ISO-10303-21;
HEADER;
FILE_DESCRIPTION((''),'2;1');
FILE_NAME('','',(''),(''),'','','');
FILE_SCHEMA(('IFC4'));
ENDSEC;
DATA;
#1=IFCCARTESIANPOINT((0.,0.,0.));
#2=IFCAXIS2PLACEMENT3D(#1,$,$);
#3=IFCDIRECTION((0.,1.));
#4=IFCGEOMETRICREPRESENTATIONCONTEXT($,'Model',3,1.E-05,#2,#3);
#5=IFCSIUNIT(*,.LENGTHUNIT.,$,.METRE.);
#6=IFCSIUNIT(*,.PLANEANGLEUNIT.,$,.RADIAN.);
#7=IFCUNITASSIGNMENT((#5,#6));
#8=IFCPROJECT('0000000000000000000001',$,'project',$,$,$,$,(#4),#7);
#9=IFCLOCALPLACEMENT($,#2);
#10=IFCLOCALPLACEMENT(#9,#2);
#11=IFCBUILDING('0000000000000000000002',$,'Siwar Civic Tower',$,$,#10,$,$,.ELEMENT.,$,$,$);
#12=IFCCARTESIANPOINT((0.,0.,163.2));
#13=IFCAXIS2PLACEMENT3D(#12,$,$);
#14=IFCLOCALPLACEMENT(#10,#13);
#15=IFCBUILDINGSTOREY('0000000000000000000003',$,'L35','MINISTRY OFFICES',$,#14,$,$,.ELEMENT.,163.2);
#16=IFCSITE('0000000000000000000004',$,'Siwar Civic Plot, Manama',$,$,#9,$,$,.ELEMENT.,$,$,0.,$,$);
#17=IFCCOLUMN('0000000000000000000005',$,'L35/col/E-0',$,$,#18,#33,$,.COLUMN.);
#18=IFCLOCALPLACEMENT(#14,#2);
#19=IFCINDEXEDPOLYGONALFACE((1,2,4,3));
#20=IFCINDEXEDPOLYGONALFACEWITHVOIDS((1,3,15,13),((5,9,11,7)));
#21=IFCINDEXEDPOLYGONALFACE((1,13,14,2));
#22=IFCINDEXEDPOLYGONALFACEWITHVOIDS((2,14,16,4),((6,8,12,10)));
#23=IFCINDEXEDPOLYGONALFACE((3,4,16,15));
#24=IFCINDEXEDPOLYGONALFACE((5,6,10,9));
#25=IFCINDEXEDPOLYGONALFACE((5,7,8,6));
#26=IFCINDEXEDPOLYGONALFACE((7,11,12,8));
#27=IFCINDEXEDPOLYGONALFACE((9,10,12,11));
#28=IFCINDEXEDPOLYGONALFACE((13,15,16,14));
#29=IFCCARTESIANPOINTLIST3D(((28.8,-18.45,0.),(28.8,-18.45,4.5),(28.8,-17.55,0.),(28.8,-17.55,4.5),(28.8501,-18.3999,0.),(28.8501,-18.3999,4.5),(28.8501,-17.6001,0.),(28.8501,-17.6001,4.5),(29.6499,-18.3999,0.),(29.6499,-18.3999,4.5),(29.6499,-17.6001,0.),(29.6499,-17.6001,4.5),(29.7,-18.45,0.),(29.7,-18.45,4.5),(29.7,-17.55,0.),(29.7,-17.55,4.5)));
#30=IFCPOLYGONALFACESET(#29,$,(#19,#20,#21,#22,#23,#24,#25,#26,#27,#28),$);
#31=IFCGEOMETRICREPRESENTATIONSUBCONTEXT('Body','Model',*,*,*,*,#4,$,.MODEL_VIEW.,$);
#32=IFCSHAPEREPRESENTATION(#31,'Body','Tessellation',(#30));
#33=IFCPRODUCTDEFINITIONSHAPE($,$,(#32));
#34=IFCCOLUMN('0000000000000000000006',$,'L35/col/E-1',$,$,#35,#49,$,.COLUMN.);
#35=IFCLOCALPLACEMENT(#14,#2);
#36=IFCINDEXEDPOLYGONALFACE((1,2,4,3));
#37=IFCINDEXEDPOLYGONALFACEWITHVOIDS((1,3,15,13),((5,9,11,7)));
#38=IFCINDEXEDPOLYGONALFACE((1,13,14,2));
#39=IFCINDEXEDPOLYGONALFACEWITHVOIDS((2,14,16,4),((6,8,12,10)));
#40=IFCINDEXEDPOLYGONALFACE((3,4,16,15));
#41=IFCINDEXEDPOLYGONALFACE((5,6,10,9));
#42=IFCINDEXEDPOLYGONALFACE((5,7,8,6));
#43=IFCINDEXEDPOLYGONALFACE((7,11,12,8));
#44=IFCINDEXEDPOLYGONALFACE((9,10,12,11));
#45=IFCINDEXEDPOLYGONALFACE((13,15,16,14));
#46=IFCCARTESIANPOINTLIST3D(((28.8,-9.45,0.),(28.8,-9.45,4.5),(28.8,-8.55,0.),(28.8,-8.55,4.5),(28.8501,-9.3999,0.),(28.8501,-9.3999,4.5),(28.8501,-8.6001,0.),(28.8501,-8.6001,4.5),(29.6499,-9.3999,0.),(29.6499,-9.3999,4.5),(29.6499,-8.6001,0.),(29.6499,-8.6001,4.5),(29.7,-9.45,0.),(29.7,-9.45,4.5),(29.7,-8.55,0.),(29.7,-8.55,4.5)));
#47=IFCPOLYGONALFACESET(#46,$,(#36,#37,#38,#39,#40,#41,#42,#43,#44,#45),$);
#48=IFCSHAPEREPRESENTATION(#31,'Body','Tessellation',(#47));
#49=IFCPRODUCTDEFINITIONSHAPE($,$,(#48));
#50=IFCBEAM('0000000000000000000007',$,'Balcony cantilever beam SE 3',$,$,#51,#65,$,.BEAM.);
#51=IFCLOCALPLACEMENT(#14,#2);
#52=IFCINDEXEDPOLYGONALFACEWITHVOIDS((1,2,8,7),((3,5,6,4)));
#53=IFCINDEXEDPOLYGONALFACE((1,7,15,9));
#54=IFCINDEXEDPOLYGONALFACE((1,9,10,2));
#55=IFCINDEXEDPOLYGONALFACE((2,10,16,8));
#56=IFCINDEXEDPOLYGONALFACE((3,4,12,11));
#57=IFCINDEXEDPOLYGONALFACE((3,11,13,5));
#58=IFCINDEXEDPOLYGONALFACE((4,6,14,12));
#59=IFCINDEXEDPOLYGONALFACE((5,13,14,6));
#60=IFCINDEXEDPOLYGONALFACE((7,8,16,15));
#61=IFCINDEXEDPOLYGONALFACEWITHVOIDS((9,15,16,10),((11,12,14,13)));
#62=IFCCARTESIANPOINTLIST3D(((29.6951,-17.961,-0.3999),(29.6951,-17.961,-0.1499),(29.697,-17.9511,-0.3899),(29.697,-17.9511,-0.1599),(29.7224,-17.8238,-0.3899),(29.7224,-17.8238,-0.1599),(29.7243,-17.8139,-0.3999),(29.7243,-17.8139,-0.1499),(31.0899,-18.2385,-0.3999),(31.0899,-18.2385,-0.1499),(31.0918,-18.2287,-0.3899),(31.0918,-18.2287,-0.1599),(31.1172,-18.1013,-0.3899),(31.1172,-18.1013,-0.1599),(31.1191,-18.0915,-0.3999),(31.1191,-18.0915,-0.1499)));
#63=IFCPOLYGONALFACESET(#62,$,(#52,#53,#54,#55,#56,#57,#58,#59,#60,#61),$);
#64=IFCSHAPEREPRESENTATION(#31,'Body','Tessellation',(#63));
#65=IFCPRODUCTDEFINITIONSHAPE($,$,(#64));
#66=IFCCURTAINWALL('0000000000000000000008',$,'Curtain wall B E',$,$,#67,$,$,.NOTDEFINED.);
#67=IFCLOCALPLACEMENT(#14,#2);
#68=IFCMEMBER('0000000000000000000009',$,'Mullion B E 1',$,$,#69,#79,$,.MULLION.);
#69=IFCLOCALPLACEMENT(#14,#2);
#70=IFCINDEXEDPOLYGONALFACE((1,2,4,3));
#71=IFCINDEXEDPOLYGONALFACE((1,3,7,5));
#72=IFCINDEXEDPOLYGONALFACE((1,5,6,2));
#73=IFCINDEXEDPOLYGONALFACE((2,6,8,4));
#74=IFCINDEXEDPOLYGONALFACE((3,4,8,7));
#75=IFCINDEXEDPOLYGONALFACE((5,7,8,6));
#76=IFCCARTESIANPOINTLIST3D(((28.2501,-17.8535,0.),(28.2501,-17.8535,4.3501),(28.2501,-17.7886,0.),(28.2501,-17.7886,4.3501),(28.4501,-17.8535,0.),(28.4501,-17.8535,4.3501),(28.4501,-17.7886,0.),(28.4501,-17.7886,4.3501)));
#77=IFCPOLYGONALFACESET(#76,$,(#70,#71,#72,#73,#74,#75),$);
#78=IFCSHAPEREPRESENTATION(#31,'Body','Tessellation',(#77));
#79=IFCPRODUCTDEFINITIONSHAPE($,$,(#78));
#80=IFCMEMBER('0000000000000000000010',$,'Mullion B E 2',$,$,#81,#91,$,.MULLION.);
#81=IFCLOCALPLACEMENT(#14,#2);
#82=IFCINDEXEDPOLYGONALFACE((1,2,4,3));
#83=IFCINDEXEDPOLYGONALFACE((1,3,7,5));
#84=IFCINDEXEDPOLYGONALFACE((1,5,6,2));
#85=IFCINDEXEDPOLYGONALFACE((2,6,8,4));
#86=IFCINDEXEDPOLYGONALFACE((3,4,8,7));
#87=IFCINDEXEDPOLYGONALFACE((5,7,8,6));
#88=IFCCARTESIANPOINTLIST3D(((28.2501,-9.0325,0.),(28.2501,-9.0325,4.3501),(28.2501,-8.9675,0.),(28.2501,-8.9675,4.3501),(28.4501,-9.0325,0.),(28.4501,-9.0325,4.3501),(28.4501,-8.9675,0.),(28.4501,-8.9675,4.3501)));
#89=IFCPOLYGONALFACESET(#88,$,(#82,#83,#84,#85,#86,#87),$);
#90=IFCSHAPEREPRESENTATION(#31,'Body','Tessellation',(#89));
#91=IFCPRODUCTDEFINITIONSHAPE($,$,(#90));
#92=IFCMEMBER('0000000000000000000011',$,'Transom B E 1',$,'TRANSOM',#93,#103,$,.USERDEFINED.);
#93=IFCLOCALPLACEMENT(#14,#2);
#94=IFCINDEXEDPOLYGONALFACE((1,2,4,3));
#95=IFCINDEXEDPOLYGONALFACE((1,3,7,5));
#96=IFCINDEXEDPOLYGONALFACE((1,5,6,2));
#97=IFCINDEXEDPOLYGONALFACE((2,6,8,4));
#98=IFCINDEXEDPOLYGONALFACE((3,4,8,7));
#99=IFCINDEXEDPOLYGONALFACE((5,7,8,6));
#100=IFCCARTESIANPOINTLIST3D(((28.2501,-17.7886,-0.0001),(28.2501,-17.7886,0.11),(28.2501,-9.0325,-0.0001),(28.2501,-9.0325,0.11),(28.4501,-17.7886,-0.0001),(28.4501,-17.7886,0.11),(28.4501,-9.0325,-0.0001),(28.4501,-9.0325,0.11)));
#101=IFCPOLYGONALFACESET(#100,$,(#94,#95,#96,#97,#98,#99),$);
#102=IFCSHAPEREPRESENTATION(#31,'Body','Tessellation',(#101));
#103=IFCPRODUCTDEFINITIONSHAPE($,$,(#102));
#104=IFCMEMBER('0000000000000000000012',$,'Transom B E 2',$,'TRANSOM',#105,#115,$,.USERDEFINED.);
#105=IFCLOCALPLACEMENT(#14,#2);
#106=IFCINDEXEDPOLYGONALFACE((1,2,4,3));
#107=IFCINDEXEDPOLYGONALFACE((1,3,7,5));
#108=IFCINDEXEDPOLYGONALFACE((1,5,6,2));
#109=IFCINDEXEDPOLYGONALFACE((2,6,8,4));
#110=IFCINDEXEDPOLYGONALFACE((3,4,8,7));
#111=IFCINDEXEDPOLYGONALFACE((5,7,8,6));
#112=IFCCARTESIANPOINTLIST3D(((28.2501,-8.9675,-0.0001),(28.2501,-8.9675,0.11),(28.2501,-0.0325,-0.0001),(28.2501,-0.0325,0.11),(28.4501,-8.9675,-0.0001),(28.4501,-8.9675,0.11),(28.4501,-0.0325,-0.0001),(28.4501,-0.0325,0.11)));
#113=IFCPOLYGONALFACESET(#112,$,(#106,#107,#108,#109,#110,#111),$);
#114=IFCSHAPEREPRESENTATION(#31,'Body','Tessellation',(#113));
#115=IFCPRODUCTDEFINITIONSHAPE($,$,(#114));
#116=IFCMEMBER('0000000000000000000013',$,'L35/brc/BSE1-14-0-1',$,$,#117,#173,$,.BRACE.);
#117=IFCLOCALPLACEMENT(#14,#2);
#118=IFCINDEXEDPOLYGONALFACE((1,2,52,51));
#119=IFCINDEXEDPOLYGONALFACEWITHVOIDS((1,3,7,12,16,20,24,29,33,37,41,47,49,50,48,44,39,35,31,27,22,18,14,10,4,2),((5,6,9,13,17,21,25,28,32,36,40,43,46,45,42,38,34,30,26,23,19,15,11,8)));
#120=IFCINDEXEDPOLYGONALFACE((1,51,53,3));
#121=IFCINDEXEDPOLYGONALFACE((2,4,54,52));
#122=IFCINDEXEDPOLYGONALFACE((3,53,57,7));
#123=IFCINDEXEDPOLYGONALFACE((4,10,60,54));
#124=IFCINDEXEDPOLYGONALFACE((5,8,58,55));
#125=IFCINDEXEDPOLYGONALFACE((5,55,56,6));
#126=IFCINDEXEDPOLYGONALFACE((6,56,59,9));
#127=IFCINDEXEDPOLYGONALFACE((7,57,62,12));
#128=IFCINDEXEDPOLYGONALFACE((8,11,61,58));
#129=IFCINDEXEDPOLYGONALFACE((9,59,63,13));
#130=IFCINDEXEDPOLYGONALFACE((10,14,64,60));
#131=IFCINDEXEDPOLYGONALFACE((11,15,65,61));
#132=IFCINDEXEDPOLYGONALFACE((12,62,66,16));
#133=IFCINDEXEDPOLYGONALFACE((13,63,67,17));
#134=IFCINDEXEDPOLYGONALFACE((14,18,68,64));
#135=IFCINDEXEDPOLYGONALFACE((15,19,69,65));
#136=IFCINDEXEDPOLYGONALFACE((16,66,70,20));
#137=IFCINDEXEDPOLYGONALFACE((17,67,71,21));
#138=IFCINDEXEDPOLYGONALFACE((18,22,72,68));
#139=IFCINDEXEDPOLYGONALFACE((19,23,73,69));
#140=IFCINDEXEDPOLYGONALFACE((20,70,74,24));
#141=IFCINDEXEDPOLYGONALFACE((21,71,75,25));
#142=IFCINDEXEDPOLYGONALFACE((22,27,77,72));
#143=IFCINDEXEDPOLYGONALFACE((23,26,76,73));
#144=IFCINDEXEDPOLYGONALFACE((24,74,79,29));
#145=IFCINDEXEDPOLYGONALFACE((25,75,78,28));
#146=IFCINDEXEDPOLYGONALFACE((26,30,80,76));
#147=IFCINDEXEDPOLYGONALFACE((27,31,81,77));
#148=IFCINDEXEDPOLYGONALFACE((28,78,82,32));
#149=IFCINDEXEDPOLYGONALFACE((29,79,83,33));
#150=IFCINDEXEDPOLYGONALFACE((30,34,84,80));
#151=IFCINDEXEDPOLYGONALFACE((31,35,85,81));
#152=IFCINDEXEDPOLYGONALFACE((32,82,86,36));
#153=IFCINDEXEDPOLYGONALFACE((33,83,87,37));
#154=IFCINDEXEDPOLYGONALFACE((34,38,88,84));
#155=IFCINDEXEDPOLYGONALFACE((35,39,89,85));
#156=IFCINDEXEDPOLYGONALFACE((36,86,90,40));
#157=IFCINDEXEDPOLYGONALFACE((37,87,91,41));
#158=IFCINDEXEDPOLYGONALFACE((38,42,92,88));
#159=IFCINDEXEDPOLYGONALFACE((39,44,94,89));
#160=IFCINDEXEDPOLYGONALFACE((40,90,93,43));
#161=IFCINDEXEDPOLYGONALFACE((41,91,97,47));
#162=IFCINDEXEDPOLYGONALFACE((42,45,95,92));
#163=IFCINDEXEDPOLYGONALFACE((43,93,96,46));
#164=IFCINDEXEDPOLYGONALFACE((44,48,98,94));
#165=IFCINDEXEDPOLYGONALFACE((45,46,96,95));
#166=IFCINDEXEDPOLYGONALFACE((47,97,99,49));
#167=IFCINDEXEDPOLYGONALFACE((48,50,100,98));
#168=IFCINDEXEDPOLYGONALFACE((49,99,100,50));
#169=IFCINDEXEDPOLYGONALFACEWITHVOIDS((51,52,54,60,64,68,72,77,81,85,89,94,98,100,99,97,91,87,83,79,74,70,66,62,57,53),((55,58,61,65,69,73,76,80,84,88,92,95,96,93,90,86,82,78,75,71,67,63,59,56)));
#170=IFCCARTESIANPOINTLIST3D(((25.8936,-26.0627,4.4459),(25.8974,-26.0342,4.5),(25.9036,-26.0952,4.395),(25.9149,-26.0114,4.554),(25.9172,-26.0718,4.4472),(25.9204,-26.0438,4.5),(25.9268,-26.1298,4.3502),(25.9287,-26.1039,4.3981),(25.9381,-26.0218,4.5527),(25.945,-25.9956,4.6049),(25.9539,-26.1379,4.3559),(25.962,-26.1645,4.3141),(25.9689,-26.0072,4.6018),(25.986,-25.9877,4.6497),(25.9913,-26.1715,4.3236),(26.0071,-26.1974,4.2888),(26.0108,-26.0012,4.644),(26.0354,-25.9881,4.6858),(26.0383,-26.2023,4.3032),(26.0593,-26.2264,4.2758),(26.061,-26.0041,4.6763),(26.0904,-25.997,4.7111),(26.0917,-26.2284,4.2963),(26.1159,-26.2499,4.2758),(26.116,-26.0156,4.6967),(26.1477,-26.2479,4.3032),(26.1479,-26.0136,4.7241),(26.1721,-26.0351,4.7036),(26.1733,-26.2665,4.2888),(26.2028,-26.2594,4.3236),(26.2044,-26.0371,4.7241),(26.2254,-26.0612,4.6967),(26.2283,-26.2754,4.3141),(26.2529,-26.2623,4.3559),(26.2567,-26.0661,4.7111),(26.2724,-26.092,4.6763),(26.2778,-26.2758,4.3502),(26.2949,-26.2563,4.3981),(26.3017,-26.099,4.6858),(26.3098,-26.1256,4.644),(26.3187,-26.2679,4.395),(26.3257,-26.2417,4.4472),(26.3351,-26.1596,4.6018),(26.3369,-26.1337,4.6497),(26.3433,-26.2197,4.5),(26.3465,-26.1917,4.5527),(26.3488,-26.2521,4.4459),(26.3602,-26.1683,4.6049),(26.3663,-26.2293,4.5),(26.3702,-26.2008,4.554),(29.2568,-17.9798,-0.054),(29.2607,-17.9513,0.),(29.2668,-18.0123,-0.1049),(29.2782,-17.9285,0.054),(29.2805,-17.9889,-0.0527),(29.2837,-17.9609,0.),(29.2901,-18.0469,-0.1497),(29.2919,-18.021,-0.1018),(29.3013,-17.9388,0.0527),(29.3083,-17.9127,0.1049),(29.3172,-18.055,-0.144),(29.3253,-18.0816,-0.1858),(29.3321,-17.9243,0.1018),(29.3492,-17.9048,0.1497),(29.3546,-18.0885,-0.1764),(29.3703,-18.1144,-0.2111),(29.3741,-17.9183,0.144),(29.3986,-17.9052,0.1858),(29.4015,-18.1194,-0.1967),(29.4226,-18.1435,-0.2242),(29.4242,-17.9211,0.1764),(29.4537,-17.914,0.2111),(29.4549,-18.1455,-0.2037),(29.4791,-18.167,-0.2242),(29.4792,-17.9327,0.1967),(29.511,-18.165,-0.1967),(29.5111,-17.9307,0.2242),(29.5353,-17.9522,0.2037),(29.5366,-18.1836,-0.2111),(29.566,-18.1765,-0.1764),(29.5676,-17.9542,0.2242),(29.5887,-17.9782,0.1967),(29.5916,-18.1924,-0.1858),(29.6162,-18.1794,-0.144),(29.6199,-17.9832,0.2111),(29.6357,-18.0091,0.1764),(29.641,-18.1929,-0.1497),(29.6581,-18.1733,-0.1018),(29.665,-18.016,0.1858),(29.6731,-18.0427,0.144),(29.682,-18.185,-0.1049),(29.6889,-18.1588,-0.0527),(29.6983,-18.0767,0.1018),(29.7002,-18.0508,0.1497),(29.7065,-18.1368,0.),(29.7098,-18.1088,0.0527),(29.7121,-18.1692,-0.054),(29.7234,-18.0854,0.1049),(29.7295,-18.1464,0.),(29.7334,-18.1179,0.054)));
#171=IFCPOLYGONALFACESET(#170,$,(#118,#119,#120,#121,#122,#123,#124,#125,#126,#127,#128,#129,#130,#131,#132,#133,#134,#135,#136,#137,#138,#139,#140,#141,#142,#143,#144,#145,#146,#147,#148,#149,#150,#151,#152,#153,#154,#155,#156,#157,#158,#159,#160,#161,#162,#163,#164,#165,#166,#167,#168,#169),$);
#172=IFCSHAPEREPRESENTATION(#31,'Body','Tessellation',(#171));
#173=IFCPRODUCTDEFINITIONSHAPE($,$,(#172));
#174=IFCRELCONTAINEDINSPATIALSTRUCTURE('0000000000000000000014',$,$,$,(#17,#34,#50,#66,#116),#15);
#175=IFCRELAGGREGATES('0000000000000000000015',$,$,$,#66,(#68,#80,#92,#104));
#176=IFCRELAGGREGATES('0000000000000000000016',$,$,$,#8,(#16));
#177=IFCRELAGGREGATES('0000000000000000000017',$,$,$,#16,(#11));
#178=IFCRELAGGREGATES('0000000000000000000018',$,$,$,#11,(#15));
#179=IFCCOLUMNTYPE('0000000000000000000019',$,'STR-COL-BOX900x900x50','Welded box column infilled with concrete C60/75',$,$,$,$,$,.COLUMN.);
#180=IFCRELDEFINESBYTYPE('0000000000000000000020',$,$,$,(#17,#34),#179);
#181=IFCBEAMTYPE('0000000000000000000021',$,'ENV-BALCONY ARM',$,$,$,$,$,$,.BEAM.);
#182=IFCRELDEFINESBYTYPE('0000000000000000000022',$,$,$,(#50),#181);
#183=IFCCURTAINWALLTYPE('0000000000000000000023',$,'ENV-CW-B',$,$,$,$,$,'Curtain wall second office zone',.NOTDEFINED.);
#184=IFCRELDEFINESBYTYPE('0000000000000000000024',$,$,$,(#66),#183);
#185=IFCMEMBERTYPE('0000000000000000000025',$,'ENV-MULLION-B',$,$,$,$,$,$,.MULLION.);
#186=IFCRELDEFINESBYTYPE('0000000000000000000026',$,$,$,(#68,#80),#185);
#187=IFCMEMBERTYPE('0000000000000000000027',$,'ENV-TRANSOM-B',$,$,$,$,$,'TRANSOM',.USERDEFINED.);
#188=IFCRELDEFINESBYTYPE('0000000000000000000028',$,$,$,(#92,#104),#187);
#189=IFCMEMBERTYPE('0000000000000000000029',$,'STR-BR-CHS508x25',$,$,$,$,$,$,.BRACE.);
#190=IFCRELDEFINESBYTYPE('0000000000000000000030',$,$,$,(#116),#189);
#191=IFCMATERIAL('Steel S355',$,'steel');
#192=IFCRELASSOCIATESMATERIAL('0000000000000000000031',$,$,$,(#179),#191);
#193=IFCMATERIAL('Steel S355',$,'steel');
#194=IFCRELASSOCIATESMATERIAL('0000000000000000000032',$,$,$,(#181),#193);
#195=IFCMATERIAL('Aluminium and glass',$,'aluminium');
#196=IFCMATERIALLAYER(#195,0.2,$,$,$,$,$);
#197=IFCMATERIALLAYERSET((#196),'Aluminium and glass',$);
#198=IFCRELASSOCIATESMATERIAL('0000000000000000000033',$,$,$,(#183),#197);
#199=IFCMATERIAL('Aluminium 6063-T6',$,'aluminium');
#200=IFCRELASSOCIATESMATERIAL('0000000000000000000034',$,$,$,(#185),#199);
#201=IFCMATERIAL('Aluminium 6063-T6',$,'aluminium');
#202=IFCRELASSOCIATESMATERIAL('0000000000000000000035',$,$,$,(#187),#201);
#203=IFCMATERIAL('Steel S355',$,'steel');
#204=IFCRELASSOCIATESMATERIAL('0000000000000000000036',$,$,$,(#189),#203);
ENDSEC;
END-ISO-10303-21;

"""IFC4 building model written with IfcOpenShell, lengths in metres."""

from ifc_helpers import new_model, si_unit, direction, frame, origin, origin_2d, place, context, subcontext, project, spatial, rectangle, hollow_rectangle, hollow_circle, extrude, material, layer, layer_set, material_profile, profile_set, type_object, element, aggregate, save


model = new_model("IFC4")

# Units and contexts
model_context = context("Model", 3, precision=1e-05, world=origin(), true_north=direction((0.0, 1.0)))
body_context = subcontext(model_context, "Body", "Model", "MODEL_VIEW")
ifc_project = project(units=[si_unit("LENGTHUNIT", "METRE"), si_unit("PLANEANGLEUNIT", "RADIAN")], contexts=[model_context])

# Site, building, storey
site_placement = place(None, origin())
site = spatial("IfcSite", under=ifc_project, at=site_placement, Name="Siwar Civic Plot, Manama", CompositionType="ELEMENT", RefElevation=0.0)
building_placement = place(site_placement, origin())
building = spatial("IfcBuilding", under=site, at=building_placement, Name="Siwar Civic Tower", CompositionType="ELEMENT")
storey_placement = place(building_placement, frame((0.0, 0.0, 163.2)))
storey = spatial("IfcBuildingStorey", under=building, at=storey_placement, Name="L35", Description="MINISTRY OFFICES", CompositionType="ELEMENT", Elevation=163.2)

# Columns
ifc_material_1 = material(Name="Steel S355", Category="steel")
ifc_material_profile_1 = material_profile(ifc_material_1, hollow_rectangle(XDim=0.8999, YDim=0.8999, WallThickness=0.05, at=origin_2d()), Name="BOX900x900x50")
ifc_profile_set_1 = profile_set([ifc_material_profile_1], Name="Steel S355")
column_type = type_object("IfcColumnType", Name="STR-COL-BOX900x900x50", Description="Welded box column infilled with concrete C60/75", PredefinedType="COLUMN", material=ifc_profile_set_1)
for number, where, z_axis, x_axis, name in (
    (1, (29.25, -18.0, 0.0), (0.0, 0.0, 1.0), (1.0, 0.0, 0.0), "L35/col/E-0"),
    (2, (29.25, -9.0, 0.0), (0.0, 0.0, 1.0), (1.0, 0.0, 0.0), "L35/col/E-1"),
):
    element("IfcColumn", number, at=place(storey_placement, frame(where, z_axis=z_axis, x_axis=x_axis)), inside=storey, type_object=column_type, Name=name, PredefinedType="COLUMN", context=body_context, shape_type="SweptSolid", body=[
        extrude(hollow_rectangle(XDim=0.8999, YDim=0.8999, WallThickness=0.05, at=origin_2d()), origin(), (0.0, 0.0, 1.0), 4.5),
    ])

# Beam
ifc_material_2 = material(Name="Steel S355", Category="steel")
ifc_material_profile_2 = material_profile(ifc_material_2, hollow_rectangle(XDim=0.1499, YDim=0.25, WallThickness=0.01, at=origin_2d()), Name="RHS250x150x10")
ifc_profile_set_2 = profile_set([ifc_material_profile_2], Name="Steel S355")
beam_type_1 = type_object("IfcBeamType", Name="ENV-BALCONY ARM", PredefinedType="BEAM", material=ifc_profile_set_2)
beam_1_placement = place(storey_placement, frame((29.7097, -17.8875, -0.2749), z_axis=(0.980765, -0.195192, 0.0), x_axis=(0.195192, 0.980765, 0.0)))
element("IfcBeam", 3, at=beam_1_placement, inside=storey, type_object=beam_type_1, Name="Balcony cantilever beam SE 3", PredefinedType="BEAM", context=body_context, shape_type="SweptSolid", body=[
    extrude(hollow_rectangle(XDim=0.1499, YDim=0.25, WallThickness=0.01, at=origin_2d()), origin(), (0.0, 0.0, 1.0), 1.4221),
])

# Curtain wall, members
ifc_material_3 = material(Name="Aluminium and glass", Category="aluminium")
ifc_layer_1 = layer(ifc_material_3, 0.2)
ifc_layer_set_1 = layer_set([ifc_layer_1], Name="Aluminium and glass")
curtain_wall_type_1 = type_object("IfcCurtainWallType", Name="ENV-CW-B", ElementType="Curtain wall second office zone", PredefinedType="NOTDEFINED", material=ifc_layer_set_1)
curtain_wall_1_placement = place(storey_placement, origin())
curtain_wall_1 = element("IfcCurtainWall", 4, at=curtain_wall_1_placement, inside=storey, type_object=curtain_wall_type_1, Name="Curtain wall B E", PredefinedType="NOTDEFINED")
ifc_material_4 = material(Name="Aluminium 6063-T6", Category="aluminium")
ifc_material_profile_3 = material_profile(ifc_material_4, rectangle(XDim=0.2, YDim=0.0649, at=origin_2d()), Name="AL 200x65")
ifc_profile_set_3 = profile_set([ifc_material_profile_3], Name="Aluminium 6063-T6")
member_type_1 = type_object("IfcMemberType", Name="ENV-MULLION-B", PredefinedType="MULLION", material=ifc_profile_set_3)
member_1_placement = place(storey_placement, frame((28.3501, -17.821, 0.0), z_axis=(0.0, 0.0, 1.0), x_axis=(-1.0, 0.0, 0.0)))
member_1 = element("IfcMember", 5, at=member_1_placement, type_object=member_type_1, Name="Mullion B E 1", PredefinedType="MULLION", context=body_context, shape_type="SweptSolid", body=[
    extrude(rectangle(XDim=0.2, YDim=0.0649, at=origin_2d()), origin(), (0.0, 0.0, 1.0), 4.3501),
])
member_2_placement = place(storey_placement, frame((28.3501, -9.0, 0.0), z_axis=(0.0, 0.0, 1.0), x_axis=(-1.0, 0.0, 0.0)))
member_2 = element("IfcMember", 6, at=member_2_placement, type_object=member_type_1, Name="Mullion B E 2", PredefinedType="MULLION", context=body_context, shape_type="SweptSolid", body=[
    extrude(rectangle(XDim=0.2, YDim=0.0649, at=origin_2d()), origin(), (0.0, 0.0, 1.0), 4.3501),
])
ifc_material_5 = material(Name="Aluminium 6063-T6", Category="aluminium")
ifc_material_profile_4 = material_profile(ifc_material_5, rectangle(XDim=0.2, YDim=0.1101, at=origin_2d()), Name="AL 200x110")
ifc_profile_set_4 = profile_set([ifc_material_profile_4], Name="Aluminium 6063-T6")
member_type_2 = type_object("IfcMemberType", Name="ENV-TRANSOM-B", ElementType="TRANSOM", PredefinedType="USERDEFINED", material=ifc_profile_set_4)
member_3_placement = place(storey_placement, frame((28.3501, -17.7886, 0.0549), z_axis=(0.0, 1.0, 0.0), x_axis=(-1.0, 0.0, 0.0)))
member_3 = element("IfcMember", 7, at=member_3_placement, type_object=member_type_2, Name="Transom B E 1", ObjectType="TRANSOM", PredefinedType="USERDEFINED", context=body_context, shape_type="SweptSolid", body=[
    extrude(rectangle(XDim=0.2, YDim=0.1101, at=origin_2d()), origin(), (0.0, 0.0, 1.0), 8.7561),
])
member_4_placement = place(storey_placement, frame((28.3501, -8.9675, 0.0549), z_axis=(0.0, 1.0, 0.0), x_axis=(-1.0, 0.0, 0.0)))
member_4 = element("IfcMember", 8, at=member_4_placement, type_object=member_type_2, Name="Transom B E 2", ObjectType="TRANSOM", PredefinedType="USERDEFINED", context=body_context, shape_type="SweptSolid", body=[
    extrude(rectangle(XDim=0.2, YDim=0.1101, at=origin_2d()), origin(), (0.0, 0.0, 1.0), 8.9351),
])

# Member
ifc_material_6 = material(Name="Steel S355", Category="steel")
ifc_material_profile_5 = material_profile(ifc_material_6, hollow_circle(Radius=0.2539, WallThickness=0.0249, at=origin_2d()), Name="CHS508x25")
ifc_profile_set_5 = profile_set([ifc_material_profile_5], Name="Steel S355")
member_type_3 = type_object("IfcMemberType", Name="STR-BR-CHS508x25", PredefinedType="BRACE", material=ifc_profile_set_5)
member_5_placement = place(storey_placement, frame((29.4951, -18.0488, 0.0), z_axis=(-0.341671, -0.821143, 0.457149), x_axis=(0.923265, -0.384164, 0.0)))
element("IfcMember", 9, at=member_5_placement, inside=storey, type_object=member_type_3, Name="L35/brc/BSE1-14-0-1", PredefinedType="BRACE", context=body_context, shape_type="SweptSolid", body=[
    extrude(hollow_circle(Radius=0.2539, WallThickness=0.0249, at=origin_2d()), origin(), (0.0, 0.0, 1.0), 9.8435),
])

aggregate(curtain_wall_1, [member_1, member_2, member_3, member_4])

save(model, "model.ifc")
